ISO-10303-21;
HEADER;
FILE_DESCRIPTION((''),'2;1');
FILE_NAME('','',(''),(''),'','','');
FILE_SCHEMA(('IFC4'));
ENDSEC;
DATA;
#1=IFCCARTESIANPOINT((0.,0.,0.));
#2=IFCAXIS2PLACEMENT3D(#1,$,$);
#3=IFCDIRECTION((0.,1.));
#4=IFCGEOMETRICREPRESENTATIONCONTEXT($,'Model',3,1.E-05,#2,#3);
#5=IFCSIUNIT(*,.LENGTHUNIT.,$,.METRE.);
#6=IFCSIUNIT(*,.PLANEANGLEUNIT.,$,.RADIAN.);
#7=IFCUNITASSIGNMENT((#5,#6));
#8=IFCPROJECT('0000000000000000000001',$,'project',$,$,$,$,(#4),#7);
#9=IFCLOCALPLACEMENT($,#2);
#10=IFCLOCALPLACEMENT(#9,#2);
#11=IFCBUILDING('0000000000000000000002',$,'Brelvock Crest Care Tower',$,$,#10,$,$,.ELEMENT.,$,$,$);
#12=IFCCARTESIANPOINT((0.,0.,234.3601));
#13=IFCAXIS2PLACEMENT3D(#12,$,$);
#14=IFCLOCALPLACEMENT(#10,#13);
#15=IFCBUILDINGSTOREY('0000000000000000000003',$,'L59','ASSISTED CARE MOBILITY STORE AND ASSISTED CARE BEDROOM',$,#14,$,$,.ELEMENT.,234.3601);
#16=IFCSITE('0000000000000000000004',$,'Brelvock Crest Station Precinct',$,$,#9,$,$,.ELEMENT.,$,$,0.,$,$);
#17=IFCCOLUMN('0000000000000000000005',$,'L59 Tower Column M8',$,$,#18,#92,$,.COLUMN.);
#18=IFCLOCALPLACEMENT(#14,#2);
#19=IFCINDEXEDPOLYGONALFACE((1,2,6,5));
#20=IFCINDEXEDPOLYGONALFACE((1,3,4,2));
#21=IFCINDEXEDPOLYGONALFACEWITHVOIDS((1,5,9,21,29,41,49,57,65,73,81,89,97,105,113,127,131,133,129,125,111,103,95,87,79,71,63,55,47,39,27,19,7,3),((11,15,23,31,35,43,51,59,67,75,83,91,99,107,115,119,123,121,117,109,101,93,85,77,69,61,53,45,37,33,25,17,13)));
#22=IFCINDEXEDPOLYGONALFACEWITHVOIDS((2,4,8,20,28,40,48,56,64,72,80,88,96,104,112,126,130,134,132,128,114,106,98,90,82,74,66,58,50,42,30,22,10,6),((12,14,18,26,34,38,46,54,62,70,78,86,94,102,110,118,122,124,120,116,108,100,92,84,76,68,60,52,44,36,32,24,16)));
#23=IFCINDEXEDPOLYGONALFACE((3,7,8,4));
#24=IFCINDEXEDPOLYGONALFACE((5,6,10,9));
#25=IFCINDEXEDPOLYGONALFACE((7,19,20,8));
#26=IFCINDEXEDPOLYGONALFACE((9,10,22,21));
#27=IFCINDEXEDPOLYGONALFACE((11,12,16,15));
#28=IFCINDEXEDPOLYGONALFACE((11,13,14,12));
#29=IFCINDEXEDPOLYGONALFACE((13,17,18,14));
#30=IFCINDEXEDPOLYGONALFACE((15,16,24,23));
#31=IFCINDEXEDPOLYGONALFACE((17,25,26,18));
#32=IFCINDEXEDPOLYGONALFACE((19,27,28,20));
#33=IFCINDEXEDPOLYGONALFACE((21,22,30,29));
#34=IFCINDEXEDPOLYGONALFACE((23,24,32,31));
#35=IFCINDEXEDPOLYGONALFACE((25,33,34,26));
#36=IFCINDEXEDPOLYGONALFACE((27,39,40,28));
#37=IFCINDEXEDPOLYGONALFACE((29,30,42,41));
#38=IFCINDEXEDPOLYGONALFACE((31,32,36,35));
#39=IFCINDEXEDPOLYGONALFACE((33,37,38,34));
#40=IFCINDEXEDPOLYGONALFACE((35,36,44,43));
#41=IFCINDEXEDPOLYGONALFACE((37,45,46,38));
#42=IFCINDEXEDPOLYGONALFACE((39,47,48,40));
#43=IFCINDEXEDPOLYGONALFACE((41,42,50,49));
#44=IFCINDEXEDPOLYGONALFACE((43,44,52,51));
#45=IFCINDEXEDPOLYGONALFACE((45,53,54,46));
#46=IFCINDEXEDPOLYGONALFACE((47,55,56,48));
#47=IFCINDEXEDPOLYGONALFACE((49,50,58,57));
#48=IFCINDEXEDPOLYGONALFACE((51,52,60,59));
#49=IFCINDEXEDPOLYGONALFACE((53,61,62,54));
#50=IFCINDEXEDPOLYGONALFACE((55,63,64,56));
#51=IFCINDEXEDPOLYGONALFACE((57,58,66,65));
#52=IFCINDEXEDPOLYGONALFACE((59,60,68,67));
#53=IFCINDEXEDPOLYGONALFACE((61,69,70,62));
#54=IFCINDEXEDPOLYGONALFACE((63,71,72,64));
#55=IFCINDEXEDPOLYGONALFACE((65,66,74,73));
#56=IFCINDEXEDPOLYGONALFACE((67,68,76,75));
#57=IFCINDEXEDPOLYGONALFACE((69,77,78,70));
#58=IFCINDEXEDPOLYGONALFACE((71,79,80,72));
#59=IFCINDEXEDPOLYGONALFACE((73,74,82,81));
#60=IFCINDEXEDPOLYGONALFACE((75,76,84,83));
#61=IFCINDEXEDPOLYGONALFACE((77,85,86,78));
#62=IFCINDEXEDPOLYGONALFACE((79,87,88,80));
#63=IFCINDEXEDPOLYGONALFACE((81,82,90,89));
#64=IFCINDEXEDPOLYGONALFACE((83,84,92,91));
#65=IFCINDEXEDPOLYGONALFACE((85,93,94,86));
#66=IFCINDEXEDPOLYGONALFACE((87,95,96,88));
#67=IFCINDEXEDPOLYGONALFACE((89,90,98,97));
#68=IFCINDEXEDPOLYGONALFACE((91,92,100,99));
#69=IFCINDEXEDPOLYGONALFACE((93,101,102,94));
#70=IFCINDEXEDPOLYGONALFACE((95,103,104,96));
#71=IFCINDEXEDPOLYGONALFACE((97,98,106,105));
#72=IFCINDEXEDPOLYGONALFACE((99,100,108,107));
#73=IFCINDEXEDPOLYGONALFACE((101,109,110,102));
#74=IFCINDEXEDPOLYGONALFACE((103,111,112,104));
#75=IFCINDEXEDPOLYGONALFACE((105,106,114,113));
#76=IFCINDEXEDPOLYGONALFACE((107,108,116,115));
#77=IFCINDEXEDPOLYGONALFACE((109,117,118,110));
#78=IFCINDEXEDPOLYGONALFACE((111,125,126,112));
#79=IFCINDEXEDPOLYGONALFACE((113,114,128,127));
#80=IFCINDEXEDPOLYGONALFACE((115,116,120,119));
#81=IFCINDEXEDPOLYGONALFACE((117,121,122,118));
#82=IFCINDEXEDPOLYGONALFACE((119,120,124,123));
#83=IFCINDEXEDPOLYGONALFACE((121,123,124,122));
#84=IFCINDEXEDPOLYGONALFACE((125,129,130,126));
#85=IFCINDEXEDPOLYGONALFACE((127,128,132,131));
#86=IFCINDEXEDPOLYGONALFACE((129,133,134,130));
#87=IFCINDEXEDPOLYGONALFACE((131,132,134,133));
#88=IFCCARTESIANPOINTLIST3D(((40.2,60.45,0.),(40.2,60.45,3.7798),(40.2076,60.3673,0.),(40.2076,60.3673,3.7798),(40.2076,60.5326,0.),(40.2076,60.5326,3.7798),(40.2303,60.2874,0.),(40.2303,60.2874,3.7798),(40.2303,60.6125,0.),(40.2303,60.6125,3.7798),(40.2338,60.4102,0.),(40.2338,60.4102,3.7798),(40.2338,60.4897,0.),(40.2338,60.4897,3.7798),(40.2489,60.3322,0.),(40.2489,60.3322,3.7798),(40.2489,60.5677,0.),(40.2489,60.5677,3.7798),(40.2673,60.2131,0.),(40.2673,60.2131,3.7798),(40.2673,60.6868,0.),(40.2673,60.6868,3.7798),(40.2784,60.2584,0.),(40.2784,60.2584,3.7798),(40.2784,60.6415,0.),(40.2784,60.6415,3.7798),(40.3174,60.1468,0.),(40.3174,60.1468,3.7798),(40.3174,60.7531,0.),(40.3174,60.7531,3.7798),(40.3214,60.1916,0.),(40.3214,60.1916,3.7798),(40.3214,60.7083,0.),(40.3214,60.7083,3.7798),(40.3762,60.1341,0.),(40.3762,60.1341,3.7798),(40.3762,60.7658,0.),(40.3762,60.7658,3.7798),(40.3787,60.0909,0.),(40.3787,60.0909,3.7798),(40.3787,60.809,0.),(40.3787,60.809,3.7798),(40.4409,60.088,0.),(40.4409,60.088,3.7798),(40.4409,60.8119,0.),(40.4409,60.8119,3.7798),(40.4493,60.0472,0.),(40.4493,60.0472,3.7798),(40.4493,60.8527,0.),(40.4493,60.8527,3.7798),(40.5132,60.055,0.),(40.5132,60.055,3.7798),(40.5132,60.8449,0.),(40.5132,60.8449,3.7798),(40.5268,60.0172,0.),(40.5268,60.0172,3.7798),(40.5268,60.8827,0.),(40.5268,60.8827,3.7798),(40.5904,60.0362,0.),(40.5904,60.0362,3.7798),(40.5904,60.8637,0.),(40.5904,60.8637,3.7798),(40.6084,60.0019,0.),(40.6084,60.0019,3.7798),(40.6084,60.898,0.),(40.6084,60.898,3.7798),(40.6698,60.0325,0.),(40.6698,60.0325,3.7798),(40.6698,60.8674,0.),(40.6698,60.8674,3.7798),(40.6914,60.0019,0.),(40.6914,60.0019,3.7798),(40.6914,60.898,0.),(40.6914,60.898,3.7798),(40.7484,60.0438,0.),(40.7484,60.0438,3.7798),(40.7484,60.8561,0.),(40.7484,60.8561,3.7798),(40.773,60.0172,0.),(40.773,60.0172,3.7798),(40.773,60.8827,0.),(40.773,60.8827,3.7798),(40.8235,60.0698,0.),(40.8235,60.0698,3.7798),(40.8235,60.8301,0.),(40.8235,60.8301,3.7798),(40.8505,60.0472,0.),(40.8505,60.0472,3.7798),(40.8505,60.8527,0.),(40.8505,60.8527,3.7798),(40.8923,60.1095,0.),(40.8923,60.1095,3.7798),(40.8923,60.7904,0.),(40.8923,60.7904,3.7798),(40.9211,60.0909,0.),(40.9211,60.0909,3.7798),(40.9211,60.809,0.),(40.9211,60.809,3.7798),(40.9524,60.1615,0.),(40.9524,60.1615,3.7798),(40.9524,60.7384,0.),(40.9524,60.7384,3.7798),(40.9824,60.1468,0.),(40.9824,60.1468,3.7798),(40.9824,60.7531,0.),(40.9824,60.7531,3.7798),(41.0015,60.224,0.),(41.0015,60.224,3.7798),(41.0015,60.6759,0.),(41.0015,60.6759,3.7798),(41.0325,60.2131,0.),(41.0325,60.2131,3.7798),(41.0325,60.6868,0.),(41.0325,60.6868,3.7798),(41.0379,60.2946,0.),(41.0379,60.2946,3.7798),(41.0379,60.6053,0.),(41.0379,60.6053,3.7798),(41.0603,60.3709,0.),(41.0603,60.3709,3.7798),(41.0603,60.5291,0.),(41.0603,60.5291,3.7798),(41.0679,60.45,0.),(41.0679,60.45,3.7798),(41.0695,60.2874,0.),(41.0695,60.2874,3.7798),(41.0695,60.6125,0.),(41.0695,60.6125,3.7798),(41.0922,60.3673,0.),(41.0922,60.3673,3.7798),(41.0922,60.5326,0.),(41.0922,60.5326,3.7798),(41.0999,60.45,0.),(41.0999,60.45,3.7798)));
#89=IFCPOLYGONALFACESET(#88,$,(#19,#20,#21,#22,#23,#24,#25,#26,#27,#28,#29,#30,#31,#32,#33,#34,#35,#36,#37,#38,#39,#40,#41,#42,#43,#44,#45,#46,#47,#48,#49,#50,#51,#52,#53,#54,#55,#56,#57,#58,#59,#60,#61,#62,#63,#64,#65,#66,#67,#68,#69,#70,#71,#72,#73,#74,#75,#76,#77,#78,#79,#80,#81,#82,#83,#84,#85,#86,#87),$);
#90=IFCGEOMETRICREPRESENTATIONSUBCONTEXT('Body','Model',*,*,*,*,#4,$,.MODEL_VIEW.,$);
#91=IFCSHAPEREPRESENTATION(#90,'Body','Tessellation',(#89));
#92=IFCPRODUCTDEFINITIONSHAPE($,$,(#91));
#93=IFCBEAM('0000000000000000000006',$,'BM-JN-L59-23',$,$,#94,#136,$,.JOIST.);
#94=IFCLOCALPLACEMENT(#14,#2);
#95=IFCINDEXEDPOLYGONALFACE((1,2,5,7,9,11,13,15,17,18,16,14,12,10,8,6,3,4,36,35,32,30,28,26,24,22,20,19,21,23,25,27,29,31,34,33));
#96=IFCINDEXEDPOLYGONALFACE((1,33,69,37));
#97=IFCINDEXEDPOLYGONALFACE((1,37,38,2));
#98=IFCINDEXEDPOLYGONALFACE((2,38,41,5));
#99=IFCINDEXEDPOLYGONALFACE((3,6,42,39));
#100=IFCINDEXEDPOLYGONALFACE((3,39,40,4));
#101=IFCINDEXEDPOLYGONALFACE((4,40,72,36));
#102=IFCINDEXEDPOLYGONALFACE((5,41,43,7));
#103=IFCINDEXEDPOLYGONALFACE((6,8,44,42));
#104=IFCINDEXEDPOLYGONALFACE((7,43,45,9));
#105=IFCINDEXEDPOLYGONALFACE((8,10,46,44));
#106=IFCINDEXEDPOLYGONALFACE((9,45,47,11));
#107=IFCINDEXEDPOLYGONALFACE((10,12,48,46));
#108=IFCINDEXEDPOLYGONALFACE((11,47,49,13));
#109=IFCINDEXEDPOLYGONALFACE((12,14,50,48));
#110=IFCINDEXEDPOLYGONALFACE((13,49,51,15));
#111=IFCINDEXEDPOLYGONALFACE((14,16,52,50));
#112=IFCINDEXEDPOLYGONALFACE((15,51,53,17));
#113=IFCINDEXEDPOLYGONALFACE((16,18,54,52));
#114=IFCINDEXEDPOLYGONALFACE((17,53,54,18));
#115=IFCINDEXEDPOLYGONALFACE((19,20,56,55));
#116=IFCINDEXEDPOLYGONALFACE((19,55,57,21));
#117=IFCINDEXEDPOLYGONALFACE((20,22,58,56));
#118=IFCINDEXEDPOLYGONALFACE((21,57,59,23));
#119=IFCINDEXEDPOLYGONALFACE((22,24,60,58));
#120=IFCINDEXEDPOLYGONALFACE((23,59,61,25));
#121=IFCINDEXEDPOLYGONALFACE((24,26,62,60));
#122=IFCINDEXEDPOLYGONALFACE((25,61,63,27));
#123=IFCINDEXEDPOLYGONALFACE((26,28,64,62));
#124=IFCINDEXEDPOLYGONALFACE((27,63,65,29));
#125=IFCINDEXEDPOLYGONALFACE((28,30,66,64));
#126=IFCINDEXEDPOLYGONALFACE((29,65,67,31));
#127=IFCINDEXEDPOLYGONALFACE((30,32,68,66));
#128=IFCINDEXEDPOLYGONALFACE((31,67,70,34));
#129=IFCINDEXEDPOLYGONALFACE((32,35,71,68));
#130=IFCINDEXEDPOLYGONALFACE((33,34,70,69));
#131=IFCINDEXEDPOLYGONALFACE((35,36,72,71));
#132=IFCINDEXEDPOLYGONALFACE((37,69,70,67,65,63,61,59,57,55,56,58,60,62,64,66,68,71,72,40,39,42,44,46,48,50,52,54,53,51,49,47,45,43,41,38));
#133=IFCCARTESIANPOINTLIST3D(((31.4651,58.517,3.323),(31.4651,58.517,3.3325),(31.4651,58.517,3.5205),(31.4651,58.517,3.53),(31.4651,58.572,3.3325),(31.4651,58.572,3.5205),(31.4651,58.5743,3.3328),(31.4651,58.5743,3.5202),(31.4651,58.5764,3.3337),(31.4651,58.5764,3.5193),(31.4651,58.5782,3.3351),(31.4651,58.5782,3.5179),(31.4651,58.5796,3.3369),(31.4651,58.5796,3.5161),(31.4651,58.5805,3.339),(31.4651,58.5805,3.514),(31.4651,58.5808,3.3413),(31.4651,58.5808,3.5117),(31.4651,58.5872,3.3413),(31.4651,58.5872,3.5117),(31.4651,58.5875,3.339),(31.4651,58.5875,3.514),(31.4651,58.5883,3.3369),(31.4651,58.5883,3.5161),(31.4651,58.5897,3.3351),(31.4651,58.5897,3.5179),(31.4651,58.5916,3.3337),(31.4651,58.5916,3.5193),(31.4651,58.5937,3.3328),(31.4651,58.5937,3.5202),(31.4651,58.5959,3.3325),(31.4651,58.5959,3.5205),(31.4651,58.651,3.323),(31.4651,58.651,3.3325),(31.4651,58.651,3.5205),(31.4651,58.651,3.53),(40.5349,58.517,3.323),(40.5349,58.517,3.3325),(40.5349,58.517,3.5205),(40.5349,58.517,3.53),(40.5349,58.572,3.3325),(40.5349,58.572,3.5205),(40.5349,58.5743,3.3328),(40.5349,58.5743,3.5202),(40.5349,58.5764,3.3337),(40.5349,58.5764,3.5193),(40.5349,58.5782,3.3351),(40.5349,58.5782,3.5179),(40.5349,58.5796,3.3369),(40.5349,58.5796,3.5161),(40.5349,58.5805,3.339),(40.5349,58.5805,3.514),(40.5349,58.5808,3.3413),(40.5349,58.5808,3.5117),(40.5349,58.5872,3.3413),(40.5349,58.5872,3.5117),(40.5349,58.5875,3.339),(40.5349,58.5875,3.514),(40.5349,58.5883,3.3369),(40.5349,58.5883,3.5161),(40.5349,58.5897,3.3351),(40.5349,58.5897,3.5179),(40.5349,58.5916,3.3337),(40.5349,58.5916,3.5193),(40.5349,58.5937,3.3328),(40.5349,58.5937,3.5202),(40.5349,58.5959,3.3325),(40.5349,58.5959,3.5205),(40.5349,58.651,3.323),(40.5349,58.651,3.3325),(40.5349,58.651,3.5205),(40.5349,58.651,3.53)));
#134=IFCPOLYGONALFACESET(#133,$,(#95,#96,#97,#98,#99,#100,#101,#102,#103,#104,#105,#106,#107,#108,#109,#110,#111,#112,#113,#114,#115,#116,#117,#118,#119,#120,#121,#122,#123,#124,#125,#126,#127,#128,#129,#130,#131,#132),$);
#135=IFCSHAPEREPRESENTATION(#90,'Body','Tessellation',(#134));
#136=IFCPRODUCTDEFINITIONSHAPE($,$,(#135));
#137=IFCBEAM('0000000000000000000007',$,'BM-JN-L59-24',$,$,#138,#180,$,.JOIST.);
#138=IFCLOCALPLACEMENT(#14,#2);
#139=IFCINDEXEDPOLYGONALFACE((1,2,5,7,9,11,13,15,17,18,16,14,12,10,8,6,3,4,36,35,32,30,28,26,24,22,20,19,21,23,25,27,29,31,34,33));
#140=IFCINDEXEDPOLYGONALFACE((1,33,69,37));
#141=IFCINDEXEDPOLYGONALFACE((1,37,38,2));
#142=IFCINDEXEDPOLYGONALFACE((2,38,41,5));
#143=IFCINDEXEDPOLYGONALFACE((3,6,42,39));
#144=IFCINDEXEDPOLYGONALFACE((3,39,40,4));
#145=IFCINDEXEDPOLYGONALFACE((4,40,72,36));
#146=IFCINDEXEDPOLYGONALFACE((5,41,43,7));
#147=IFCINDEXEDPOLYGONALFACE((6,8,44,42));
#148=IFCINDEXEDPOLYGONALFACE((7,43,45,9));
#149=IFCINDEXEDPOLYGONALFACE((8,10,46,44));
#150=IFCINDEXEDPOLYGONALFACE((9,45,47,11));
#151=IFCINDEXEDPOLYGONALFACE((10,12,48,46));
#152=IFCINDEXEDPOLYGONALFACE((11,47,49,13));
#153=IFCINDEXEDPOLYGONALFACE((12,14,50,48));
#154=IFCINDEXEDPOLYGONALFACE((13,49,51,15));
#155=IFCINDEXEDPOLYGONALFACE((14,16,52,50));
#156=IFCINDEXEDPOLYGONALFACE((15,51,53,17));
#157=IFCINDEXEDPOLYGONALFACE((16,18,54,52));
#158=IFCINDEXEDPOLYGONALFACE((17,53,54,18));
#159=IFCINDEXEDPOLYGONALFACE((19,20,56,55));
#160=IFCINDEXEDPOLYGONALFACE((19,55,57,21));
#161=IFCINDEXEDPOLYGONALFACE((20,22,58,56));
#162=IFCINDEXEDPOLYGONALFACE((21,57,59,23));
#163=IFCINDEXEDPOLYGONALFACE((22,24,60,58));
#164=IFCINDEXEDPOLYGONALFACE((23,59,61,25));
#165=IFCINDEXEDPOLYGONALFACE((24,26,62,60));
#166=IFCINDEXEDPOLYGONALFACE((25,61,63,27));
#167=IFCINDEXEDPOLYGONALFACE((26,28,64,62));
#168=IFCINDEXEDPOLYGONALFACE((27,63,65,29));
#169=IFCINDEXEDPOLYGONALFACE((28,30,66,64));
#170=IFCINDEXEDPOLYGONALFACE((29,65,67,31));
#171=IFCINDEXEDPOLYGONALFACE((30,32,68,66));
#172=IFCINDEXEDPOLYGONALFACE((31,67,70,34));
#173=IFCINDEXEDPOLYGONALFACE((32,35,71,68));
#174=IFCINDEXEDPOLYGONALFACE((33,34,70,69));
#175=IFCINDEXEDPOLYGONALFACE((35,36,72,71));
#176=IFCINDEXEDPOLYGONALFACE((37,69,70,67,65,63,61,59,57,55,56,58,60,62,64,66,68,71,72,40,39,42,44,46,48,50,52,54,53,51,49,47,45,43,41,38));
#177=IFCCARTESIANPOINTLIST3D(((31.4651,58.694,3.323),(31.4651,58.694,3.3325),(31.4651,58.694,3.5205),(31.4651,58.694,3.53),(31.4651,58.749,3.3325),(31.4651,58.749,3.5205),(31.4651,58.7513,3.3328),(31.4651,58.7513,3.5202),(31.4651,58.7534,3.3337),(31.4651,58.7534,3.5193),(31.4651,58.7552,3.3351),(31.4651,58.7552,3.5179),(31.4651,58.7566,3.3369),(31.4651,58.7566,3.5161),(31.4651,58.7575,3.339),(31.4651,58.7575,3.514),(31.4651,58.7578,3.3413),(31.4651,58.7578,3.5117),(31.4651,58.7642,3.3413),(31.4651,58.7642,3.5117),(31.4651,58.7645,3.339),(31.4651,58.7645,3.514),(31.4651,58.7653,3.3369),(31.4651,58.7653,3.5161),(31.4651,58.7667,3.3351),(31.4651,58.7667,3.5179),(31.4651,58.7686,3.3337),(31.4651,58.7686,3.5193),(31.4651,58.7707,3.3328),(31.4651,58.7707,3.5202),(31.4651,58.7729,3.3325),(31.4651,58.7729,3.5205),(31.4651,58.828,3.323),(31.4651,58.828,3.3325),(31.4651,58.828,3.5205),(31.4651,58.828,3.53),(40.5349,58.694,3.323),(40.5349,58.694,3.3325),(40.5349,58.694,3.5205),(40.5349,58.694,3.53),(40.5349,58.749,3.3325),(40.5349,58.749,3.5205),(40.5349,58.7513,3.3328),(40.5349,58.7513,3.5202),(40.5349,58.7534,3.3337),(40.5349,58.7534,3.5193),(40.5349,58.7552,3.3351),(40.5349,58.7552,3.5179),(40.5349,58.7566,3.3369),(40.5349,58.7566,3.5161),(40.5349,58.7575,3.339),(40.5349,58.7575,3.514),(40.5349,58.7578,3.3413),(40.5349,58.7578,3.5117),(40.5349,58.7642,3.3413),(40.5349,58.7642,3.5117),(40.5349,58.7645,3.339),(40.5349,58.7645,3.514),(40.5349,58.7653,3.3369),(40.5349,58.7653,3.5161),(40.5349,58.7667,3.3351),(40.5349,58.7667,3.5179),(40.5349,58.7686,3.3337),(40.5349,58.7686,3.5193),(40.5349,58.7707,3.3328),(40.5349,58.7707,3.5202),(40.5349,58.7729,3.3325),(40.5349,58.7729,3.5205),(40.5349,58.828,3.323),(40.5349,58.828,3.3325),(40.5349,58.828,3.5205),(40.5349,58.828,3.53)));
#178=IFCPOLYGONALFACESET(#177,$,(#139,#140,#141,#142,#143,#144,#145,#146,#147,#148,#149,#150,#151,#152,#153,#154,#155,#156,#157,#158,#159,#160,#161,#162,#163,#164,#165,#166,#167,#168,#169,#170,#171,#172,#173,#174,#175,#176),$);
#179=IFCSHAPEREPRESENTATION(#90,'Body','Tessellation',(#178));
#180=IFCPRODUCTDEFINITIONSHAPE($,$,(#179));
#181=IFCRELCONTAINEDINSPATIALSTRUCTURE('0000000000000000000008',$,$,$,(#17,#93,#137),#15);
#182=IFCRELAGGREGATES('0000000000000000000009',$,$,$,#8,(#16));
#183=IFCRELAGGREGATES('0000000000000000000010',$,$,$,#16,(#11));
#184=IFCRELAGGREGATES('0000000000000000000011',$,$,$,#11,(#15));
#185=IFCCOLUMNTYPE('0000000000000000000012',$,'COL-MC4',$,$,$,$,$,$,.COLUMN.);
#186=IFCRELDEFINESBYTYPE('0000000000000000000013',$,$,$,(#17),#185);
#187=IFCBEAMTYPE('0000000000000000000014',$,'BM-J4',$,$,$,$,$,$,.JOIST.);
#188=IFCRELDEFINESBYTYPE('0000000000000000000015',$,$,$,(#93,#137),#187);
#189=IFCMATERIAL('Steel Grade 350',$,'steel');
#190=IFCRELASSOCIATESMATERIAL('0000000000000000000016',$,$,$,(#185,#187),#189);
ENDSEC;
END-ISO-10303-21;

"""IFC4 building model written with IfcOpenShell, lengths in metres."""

from ifc_helpers import new_model, si_unit, direction, frame, origin, origin_2d, place, context, subcontext, project, spatial, hollow_circle, i_section, extrude, source, transform, mapped, material, material_profile, profile_set, type_object, element, save


model = new_model("IFC4")

# Units and contexts
model_context = context("Model", 3, precision=1e-05, world=origin(), true_north=direction((0.0, 1.0)))
body_context = subcontext(model_context, "Body", "Model", "MODEL_VIEW")
ifc_project = project(units=[si_unit("LENGTHUNIT", "METRE"), si_unit("PLANEANGLEUNIT", "RADIAN")], contexts=[model_context])

# Site, building, storey
site_placement = place(None, origin())
site = spatial("IfcSite", under=ifc_project, at=site_placement, Name="Brelvock Crest Station Precinct", CompositionType="ELEMENT", RefElevation=0.0)
building_placement = place(site_placement, origin())
building = spatial("IfcBuilding", under=site, at=building_placement, Name="Brelvock Crest Care Tower", CompositionType="ELEMENT")
storey_placement = place(building_placement, frame((0.0, 0.0, 234.3601)))
storey = spatial("IfcBuildingStorey", under=building, at=storey_placement, Name="L59", Description="ASSISTED CARE MOBILITY STORE AND ASSISTED CARE BEDROOM", CompositionType="ELEMENT", Elevation=234.3601)

# Column
ifc_material_1 = material(Name="Steel Grade 350", Category="steel")
ifc_material_profile_1 = material_profile(ifc_material_1, hollow_circle(Radius=0.45, WallThickness=0.032, at=origin_2d()), Name="CFT900x32")
ifc_profile_set_1 = profile_set([ifc_material_profile_1], Name="Steel Grade 350")
column_type = type_object("IfcColumnType", Name="COL-MC4", PredefinedType="COLUMN", material=ifc_profile_set_1)
shared_shape_1 = source(origin(), body_context, "Body", "SweptSolid", [
    extrude(hollow_circle(Radius=0.45, WallThickness=0.032, at=origin_2d()), origin(), (0.0, 0.0, 1.0), 3.7798),
])
column_placement = place(storey_placement, frame((40.6499, 60.45, 0.0), z_axis=(0.0, 0.0, 1.0), x_axis=(1.0, 0.0, 0.0)))
element("IfcColumn", 1, at=column_placement, inside=storey, type_object=column_type, Name="L59 Tower Column M8", PredefinedType="COLUMN", context=body_context, shape_type="MappedRepresentation", body=[
    mapped(shared_shape_1, transform((0.0, 0.0, 0.0), x_axis=(1.0, 0.0, 0.0), y_axis=(0.0, 1.0, 0.0), z_axis=(0.0, 0.0, 1.0), scale=1.0)),
])

# Beams
ifc_material_profile_2 = material_profile(ifc_material_1, i_section(OverallWidth=0.134, OverallDepth=0.207, WebThickness=0.0063, FlangeThickness=0.0095, FilletRadius=0.0088, at=origin_2d()), Name="200UB29.8")
ifc_profile_set_2 = profile_set([ifc_material_profile_2], Name="Steel Grade 350")
beam_type_1 = type_object("IfcBeamType", Name="BM-J4", PredefinedType="JOIST", material=ifc_profile_set_2)
shared_shape_2 = source(origin(), body_context, "Body", "SweptSolid", [
    extrude(i_section(OverallWidth=0.134, OverallDepth=0.207, WebThickness=0.0063, FlangeThickness=0.0095, FilletRadius=0.0088, at=origin_2d()), origin(), (0.0, 0.0, 1.0), 9.0698),
])
for number, where, z_axis, x_axis, name in (
    (2, (31.4651, 58.584, 3.4265), (1.0, 0.0, 0.0), (0.0, 1.0, 0.0), "BM-JN-L59-23"),
    (3, (31.4651, 58.761, 3.4265), (1.0, 0.0, 0.0), (0.0, 1.0, 0.0), "BM-JN-L59-24"),
):
    element("IfcBeam", number, at=place(storey_placement, frame(where, z_axis=z_axis, x_axis=x_axis)), inside=storey, type_object=beam_type_1, Name=name, PredefinedType="JOIST", context=body_context, shape_type="MappedRepresentation", body=[
        mapped(shared_shape_2, transform((0.0, 0.0, 0.0), x_axis=(1.0, 0.0, 0.0), y_axis=(0.0, 1.0, 0.0), z_axis=(0.0, 0.0, 1.0), scale=1.0)),
    ])

save(model, "model.ifc")
